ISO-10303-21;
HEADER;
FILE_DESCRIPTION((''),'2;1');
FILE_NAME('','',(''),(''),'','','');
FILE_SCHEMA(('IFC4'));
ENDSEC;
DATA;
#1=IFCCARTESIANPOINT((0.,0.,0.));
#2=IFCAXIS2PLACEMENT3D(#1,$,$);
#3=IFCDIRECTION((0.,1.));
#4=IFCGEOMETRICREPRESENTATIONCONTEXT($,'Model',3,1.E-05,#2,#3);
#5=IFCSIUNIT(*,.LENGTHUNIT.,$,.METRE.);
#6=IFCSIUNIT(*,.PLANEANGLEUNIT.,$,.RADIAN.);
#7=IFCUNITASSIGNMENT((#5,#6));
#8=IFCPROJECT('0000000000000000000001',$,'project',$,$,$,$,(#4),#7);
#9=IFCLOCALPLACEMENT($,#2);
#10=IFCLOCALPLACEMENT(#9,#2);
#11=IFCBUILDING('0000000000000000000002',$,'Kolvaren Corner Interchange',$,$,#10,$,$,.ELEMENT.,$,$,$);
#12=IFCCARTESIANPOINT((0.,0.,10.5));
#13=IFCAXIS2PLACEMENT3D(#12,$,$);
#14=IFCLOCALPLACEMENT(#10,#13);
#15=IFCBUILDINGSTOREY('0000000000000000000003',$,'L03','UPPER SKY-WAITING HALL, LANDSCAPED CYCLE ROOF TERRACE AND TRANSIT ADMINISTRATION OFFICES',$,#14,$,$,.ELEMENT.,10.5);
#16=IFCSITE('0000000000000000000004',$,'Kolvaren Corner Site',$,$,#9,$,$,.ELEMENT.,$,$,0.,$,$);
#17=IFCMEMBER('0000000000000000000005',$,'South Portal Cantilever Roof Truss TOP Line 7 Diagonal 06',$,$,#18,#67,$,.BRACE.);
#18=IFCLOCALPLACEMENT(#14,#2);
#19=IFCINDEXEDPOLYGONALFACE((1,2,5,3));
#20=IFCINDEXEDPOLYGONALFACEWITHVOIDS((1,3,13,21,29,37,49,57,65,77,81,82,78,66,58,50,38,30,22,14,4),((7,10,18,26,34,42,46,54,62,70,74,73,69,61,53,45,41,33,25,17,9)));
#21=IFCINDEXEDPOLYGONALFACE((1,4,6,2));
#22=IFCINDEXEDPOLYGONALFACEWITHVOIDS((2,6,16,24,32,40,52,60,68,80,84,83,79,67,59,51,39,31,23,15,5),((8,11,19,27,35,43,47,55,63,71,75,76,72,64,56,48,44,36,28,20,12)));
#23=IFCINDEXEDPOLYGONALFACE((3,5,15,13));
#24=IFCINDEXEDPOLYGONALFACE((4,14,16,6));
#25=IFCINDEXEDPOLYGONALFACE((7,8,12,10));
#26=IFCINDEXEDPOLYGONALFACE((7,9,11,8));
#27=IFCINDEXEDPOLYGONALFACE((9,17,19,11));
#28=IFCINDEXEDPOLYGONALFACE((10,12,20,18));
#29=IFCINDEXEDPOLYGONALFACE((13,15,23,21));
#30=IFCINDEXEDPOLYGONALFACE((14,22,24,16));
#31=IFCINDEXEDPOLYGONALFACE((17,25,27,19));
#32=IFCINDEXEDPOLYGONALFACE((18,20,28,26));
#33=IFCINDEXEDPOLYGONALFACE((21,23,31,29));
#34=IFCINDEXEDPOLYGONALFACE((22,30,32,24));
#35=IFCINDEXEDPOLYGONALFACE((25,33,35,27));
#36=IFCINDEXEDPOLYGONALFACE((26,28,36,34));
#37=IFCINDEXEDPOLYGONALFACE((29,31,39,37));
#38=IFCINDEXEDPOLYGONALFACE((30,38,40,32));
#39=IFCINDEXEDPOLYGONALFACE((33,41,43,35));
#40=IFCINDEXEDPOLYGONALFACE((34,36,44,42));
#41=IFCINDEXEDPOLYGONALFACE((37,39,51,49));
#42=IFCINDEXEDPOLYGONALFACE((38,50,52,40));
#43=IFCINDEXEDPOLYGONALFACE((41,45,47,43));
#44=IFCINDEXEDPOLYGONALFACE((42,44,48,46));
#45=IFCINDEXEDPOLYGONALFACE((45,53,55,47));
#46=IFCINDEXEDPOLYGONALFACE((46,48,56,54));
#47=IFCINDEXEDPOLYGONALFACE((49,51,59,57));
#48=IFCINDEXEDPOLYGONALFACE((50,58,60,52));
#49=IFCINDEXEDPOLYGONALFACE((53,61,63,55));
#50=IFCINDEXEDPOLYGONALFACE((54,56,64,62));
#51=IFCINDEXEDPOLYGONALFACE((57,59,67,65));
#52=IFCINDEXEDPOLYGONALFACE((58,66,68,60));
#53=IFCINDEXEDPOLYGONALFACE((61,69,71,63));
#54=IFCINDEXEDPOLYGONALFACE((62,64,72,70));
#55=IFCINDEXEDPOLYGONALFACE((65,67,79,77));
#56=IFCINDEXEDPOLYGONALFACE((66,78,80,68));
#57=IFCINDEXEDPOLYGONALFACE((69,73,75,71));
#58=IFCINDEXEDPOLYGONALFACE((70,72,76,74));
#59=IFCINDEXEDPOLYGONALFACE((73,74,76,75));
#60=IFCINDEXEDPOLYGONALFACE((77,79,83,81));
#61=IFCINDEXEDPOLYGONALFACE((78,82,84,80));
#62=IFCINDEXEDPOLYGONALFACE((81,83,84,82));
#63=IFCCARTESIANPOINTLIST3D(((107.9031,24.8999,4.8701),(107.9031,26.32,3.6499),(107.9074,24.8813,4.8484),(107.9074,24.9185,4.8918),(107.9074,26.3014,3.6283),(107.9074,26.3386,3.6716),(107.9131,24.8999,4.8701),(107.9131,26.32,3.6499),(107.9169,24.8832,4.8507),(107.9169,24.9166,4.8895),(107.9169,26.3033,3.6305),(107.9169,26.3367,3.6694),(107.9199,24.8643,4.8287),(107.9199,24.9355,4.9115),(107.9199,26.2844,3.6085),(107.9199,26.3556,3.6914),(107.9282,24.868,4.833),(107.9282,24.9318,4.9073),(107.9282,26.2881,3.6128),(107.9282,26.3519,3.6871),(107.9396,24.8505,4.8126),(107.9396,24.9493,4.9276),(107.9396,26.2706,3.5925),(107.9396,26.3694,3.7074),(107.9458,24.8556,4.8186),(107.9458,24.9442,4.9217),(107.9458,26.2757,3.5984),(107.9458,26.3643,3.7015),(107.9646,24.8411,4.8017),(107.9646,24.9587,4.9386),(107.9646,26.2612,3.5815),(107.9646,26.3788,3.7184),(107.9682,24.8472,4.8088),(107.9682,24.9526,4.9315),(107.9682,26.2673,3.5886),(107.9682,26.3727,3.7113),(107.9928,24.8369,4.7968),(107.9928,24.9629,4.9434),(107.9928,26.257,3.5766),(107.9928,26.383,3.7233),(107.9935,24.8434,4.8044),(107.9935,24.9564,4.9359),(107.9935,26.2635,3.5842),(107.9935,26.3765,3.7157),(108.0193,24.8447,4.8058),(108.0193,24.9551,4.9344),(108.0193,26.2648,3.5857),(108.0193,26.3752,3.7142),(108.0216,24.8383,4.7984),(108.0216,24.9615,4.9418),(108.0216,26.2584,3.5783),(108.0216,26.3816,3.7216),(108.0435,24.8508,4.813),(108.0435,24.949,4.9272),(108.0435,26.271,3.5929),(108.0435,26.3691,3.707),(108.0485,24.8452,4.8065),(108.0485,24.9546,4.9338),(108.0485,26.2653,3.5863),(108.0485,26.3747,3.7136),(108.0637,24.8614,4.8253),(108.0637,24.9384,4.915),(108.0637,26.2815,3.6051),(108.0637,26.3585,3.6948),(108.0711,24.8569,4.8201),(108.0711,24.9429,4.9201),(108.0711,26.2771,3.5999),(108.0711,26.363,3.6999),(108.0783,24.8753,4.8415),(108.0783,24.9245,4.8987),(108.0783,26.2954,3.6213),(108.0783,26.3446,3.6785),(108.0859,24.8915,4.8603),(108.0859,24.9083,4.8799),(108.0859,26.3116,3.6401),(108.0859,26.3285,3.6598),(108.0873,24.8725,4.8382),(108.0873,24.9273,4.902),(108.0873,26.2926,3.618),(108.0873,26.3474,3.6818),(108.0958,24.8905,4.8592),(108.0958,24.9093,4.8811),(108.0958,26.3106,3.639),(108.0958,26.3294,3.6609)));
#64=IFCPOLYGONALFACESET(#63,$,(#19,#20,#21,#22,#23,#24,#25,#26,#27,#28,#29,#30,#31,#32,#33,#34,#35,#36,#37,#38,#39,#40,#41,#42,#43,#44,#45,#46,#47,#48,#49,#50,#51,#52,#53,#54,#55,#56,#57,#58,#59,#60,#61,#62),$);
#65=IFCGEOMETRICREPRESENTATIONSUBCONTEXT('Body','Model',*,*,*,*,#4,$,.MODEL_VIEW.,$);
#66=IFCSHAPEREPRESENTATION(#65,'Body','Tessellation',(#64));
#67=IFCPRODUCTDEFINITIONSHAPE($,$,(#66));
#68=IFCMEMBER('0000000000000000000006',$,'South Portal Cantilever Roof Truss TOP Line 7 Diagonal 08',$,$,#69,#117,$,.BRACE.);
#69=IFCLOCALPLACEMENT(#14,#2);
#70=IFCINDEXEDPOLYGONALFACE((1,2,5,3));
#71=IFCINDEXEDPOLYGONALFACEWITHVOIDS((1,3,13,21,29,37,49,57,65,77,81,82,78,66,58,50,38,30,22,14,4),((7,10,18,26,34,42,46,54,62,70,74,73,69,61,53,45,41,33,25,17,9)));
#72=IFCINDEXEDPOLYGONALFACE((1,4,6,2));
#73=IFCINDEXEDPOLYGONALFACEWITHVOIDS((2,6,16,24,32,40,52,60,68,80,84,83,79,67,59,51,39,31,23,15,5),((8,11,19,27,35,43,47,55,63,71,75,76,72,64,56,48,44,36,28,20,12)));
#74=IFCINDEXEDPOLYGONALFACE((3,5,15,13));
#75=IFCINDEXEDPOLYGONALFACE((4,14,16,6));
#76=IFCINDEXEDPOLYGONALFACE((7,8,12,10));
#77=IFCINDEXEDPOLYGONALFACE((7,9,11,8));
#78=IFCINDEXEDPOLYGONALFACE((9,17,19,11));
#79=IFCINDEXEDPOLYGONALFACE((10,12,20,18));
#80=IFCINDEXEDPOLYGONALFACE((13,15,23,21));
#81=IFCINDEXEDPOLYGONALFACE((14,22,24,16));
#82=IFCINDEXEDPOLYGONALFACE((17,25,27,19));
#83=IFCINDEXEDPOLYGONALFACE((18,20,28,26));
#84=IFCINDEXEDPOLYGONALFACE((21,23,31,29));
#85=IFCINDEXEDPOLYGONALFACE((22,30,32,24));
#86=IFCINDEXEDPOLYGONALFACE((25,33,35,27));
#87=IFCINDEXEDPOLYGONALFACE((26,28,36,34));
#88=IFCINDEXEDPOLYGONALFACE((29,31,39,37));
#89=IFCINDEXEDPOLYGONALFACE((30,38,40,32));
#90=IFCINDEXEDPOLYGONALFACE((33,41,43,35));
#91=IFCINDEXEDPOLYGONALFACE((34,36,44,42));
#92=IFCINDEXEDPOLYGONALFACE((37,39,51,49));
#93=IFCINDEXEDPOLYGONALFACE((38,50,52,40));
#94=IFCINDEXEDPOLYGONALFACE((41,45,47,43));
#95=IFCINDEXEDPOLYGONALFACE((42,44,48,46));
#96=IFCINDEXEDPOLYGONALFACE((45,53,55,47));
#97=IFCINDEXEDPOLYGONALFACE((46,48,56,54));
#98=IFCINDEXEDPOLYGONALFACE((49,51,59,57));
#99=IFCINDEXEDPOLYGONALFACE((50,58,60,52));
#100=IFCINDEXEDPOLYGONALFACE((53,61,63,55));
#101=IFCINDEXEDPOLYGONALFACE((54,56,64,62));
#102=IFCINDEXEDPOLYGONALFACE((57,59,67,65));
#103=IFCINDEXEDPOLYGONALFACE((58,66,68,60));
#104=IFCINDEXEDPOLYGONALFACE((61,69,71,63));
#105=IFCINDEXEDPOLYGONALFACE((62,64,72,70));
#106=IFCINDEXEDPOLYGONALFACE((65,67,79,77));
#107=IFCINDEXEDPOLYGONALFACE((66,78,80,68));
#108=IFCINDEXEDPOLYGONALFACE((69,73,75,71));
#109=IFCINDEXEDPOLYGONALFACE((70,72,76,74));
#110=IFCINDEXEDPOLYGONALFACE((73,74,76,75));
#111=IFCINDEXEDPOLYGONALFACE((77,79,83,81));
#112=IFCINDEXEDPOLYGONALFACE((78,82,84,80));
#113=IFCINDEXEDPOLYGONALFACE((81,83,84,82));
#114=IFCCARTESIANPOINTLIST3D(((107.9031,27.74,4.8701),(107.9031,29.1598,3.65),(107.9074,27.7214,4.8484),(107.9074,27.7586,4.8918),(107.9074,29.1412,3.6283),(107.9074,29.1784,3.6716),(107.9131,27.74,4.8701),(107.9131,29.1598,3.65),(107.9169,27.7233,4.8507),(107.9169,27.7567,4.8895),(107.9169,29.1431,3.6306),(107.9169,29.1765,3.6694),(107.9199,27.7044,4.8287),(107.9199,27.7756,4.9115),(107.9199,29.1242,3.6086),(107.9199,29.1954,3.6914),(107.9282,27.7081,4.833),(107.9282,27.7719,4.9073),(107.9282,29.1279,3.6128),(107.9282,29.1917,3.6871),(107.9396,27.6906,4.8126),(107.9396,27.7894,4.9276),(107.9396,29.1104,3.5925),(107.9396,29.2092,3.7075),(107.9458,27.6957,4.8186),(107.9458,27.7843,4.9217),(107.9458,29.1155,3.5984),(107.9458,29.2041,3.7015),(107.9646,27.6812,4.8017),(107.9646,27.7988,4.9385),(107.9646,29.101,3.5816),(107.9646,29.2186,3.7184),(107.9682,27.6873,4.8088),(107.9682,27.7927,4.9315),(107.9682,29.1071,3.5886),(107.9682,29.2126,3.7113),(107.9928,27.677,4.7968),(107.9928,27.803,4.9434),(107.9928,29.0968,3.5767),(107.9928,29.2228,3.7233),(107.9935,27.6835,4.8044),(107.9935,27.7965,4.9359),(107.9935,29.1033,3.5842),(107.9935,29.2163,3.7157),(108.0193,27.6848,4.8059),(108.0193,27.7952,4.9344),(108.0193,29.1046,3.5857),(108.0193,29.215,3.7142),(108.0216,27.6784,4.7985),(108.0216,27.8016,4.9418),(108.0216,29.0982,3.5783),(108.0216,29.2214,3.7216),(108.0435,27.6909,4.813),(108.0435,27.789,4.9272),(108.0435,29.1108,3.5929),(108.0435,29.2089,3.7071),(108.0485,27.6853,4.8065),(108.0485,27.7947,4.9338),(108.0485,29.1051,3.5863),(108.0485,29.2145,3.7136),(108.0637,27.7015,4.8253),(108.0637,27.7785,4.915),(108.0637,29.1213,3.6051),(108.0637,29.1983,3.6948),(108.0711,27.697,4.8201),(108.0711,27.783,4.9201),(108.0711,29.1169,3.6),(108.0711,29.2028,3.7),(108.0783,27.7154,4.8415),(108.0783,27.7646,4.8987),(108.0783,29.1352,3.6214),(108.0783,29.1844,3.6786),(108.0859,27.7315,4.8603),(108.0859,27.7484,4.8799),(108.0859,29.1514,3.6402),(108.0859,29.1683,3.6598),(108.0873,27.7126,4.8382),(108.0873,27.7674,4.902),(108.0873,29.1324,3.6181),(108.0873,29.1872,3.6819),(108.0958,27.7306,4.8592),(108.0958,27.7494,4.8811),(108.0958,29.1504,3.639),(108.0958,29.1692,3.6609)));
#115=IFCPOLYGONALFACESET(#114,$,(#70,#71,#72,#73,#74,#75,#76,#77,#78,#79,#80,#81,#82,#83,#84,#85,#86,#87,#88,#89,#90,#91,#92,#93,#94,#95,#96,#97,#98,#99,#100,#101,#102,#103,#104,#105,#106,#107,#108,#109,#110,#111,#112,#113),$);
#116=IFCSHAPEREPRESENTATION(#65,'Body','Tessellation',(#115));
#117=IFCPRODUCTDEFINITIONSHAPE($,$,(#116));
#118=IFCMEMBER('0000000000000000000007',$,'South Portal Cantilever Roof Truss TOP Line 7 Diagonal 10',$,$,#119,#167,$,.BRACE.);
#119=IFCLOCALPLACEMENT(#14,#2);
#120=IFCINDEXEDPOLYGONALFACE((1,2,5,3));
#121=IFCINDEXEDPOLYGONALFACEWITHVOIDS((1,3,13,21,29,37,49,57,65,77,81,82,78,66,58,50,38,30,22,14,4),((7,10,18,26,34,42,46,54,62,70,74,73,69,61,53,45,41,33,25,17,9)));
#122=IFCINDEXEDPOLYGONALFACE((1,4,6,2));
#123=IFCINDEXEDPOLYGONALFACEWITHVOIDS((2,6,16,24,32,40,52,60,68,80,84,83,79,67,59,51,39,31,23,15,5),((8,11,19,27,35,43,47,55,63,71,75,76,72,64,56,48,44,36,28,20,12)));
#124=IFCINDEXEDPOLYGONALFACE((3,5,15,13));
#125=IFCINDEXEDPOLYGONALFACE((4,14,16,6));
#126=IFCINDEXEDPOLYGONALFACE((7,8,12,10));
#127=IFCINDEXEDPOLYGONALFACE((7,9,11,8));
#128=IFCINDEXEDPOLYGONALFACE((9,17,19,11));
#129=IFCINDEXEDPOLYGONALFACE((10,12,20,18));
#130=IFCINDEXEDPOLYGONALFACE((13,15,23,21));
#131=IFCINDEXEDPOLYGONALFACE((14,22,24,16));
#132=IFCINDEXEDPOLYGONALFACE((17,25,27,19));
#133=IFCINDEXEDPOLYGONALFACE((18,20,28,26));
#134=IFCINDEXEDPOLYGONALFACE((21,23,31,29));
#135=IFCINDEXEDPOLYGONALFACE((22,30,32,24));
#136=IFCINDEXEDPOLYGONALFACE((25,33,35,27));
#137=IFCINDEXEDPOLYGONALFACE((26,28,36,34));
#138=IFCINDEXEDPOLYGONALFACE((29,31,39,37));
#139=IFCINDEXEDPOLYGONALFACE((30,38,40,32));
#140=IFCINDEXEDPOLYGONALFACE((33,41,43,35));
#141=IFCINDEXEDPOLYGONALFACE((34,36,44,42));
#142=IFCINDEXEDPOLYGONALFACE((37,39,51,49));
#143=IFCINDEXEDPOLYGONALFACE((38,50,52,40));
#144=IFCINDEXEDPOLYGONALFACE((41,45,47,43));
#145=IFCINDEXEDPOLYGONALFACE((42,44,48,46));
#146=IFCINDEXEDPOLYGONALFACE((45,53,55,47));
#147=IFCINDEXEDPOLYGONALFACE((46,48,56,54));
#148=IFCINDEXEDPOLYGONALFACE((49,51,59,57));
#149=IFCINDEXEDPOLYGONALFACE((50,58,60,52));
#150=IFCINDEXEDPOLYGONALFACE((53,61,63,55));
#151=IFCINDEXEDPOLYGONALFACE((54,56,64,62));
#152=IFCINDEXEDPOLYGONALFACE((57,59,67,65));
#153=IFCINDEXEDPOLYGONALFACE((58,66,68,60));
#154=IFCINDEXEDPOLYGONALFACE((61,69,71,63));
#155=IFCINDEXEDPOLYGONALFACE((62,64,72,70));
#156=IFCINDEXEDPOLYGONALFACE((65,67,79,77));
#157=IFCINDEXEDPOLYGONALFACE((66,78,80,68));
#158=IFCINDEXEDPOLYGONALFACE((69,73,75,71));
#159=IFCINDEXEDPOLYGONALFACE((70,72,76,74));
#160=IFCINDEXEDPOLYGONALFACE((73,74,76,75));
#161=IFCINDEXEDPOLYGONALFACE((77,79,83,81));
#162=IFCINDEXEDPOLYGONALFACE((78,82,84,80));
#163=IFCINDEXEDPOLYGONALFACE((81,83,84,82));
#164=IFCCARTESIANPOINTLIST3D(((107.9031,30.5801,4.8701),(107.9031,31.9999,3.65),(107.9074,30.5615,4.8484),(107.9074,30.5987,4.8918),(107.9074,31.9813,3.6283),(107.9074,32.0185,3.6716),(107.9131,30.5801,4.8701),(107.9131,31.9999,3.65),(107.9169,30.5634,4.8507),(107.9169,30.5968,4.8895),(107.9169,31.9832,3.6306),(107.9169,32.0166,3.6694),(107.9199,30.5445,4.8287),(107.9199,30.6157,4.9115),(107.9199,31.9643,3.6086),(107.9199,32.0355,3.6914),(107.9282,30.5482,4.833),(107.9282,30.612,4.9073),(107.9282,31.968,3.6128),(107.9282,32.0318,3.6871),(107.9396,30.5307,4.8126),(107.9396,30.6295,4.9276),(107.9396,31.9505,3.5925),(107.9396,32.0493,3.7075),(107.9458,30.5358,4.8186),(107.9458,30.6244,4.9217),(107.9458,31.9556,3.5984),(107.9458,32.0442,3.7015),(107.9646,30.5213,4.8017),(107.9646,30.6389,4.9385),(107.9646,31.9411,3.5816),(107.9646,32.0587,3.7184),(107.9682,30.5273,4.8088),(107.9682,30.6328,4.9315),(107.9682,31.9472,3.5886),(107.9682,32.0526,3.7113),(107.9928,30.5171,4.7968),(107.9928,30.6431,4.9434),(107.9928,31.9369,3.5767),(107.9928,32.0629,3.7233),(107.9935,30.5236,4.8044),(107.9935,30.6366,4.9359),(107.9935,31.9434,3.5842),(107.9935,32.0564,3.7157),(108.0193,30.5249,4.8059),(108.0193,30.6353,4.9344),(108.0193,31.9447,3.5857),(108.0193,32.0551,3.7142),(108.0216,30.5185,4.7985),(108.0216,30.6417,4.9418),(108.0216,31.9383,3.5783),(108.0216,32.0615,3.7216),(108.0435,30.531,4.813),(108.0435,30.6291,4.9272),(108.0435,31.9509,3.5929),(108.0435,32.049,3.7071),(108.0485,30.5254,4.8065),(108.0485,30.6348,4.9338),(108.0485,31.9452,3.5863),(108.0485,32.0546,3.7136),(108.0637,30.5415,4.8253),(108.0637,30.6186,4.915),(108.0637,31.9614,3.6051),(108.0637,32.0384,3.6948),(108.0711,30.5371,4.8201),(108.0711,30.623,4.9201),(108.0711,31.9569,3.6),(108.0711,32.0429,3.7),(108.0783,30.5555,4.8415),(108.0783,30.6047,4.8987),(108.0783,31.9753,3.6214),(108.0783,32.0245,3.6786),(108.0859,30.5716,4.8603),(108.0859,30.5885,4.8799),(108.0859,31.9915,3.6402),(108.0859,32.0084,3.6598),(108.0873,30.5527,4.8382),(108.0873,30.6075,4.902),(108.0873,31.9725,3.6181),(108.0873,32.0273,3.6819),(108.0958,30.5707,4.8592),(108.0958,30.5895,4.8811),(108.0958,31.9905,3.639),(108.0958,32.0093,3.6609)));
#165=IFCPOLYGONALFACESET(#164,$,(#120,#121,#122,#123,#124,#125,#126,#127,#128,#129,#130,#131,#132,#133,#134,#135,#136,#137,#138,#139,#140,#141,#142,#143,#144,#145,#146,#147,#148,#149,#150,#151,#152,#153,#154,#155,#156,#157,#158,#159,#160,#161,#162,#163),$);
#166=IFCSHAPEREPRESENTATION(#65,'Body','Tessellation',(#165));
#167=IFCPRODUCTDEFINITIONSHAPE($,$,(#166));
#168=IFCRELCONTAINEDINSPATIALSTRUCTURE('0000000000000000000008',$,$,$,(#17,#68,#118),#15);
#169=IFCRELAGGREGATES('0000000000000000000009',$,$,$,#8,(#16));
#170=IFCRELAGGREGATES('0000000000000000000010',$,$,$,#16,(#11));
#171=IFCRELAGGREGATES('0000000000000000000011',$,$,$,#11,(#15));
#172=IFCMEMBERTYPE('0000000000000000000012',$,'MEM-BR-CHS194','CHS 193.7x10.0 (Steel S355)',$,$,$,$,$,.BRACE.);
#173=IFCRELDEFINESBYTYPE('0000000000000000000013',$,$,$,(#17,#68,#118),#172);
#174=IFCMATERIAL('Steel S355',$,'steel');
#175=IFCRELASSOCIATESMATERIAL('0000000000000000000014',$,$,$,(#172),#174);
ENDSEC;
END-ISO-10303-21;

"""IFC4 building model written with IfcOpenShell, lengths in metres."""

from ifc_helpers import new_model, si_unit, direction, frame, origin, origin_2d, place, context, subcontext, project, spatial, hollow_circle, extrude, material, material_profile, profile_set, type_object, element, save


model = new_model("IFC4")

# Units and contexts
model_context = context("Model", 3, precision=1e-05, world=origin(), true_north=direction((0.0, 1.0)))
body_context = subcontext(model_context, "Body", "Model", "MODEL_VIEW")
ifc_project = project(units=[si_unit("LENGTHUNIT", "METRE"), si_unit("PLANEANGLEUNIT", "RADIAN")], contexts=[model_context])

# Site, building, storey
site_placement = place(None, origin())
site = spatial("IfcSite", under=ifc_project, at=site_placement, Name="Kolvaren Corner Site", CompositionType="ELEMENT", RefElevation=0.0)
building_placement = place(site_placement, origin())
building = spatial("IfcBuilding", under=site, at=building_placement, Name="Kolvaren Corner Interchange", CompositionType="ELEMENT")
storey_placement = place(building_placement, frame((0.0, 0.0, 10.5)))
storey = spatial("IfcBuildingStorey", under=building, at=storey_placement, Name="L03", Description="UPPER SKY-WAITING HALL, LANDSCAPED CYCLE ROOF TERRACE AND TRANSIT ADMINISTRATION OFFICES", CompositionType="ELEMENT", Elevation=10.5)

# Members
ifc_material_1 = material(Name="Steel S355", Category="steel")
ifc_material_profile_1 = material_profile(ifc_material_1, hollow_circle(Radius=0.0969, WallThickness=0.01, at=origin_2d()), Name="CHS 193.7x10.0")
ifc_profile_set_1 = profile_set([ifc_material_profile_1], Name="Steel S355")
member_type_1 = type_object("IfcMemberType", Name="MEM-BR-CHS194", Description="CHS 193.7x10.0 (Steel S355)", PredefinedType="BRACE", material=ifc_profile_set_1)
member_1_placement = place(storey_placement, frame((108.0, 24.8999, 4.8701), z_axis=(0.0, 0.758483, -0.651693), x_axis=(-1.0, 0.0, 0.0)))
element("IfcMember", 1, at=member_1_placement, inside=storey, type_object=member_type_1, Name="South Portal Cantilever Roof Truss TOP Line 7 Diagonal 06", PredefinedType="BRACE", context=body_context, shape_type="SweptSolid", body=[
    extrude(hollow_circle(Radius=0.0969, WallThickness=0.01, at=origin_2d()), origin(), (0.0, 0.0, 1.0), 1.8723),
])
for number, where, z_axis, x_axis, name in (
    (2, (108.0, 27.74, 4.8701), (0.0, 0.758428, -0.651757), (-1.0, 0.0, 0.0), "South Portal Cantilever Roof Truss TOP Line 7 Diagonal 08"),
    (3, (108.0, 30.5801, 4.8701), (0.0, 0.758428, -0.651757), (-1.0, 0.0, 0.0), "South Portal Cantilever Roof Truss TOP Line 7 Diagonal 10"),
):
    element("IfcMember", number, at=place(storey_placement, frame(where, z_axis=z_axis, x_axis=x_axis)), inside=storey, type_object=member_type_1, Name=name, PredefinedType="BRACE", context=body_context, shape_type="SweptSolid", body=[
        extrude(hollow_circle(Radius=0.0969, WallThickness=0.01, at=origin_2d()), origin(), (0.0, 0.0, 1.0), 1.8721),
    ])

save(model, "model.ifc")
